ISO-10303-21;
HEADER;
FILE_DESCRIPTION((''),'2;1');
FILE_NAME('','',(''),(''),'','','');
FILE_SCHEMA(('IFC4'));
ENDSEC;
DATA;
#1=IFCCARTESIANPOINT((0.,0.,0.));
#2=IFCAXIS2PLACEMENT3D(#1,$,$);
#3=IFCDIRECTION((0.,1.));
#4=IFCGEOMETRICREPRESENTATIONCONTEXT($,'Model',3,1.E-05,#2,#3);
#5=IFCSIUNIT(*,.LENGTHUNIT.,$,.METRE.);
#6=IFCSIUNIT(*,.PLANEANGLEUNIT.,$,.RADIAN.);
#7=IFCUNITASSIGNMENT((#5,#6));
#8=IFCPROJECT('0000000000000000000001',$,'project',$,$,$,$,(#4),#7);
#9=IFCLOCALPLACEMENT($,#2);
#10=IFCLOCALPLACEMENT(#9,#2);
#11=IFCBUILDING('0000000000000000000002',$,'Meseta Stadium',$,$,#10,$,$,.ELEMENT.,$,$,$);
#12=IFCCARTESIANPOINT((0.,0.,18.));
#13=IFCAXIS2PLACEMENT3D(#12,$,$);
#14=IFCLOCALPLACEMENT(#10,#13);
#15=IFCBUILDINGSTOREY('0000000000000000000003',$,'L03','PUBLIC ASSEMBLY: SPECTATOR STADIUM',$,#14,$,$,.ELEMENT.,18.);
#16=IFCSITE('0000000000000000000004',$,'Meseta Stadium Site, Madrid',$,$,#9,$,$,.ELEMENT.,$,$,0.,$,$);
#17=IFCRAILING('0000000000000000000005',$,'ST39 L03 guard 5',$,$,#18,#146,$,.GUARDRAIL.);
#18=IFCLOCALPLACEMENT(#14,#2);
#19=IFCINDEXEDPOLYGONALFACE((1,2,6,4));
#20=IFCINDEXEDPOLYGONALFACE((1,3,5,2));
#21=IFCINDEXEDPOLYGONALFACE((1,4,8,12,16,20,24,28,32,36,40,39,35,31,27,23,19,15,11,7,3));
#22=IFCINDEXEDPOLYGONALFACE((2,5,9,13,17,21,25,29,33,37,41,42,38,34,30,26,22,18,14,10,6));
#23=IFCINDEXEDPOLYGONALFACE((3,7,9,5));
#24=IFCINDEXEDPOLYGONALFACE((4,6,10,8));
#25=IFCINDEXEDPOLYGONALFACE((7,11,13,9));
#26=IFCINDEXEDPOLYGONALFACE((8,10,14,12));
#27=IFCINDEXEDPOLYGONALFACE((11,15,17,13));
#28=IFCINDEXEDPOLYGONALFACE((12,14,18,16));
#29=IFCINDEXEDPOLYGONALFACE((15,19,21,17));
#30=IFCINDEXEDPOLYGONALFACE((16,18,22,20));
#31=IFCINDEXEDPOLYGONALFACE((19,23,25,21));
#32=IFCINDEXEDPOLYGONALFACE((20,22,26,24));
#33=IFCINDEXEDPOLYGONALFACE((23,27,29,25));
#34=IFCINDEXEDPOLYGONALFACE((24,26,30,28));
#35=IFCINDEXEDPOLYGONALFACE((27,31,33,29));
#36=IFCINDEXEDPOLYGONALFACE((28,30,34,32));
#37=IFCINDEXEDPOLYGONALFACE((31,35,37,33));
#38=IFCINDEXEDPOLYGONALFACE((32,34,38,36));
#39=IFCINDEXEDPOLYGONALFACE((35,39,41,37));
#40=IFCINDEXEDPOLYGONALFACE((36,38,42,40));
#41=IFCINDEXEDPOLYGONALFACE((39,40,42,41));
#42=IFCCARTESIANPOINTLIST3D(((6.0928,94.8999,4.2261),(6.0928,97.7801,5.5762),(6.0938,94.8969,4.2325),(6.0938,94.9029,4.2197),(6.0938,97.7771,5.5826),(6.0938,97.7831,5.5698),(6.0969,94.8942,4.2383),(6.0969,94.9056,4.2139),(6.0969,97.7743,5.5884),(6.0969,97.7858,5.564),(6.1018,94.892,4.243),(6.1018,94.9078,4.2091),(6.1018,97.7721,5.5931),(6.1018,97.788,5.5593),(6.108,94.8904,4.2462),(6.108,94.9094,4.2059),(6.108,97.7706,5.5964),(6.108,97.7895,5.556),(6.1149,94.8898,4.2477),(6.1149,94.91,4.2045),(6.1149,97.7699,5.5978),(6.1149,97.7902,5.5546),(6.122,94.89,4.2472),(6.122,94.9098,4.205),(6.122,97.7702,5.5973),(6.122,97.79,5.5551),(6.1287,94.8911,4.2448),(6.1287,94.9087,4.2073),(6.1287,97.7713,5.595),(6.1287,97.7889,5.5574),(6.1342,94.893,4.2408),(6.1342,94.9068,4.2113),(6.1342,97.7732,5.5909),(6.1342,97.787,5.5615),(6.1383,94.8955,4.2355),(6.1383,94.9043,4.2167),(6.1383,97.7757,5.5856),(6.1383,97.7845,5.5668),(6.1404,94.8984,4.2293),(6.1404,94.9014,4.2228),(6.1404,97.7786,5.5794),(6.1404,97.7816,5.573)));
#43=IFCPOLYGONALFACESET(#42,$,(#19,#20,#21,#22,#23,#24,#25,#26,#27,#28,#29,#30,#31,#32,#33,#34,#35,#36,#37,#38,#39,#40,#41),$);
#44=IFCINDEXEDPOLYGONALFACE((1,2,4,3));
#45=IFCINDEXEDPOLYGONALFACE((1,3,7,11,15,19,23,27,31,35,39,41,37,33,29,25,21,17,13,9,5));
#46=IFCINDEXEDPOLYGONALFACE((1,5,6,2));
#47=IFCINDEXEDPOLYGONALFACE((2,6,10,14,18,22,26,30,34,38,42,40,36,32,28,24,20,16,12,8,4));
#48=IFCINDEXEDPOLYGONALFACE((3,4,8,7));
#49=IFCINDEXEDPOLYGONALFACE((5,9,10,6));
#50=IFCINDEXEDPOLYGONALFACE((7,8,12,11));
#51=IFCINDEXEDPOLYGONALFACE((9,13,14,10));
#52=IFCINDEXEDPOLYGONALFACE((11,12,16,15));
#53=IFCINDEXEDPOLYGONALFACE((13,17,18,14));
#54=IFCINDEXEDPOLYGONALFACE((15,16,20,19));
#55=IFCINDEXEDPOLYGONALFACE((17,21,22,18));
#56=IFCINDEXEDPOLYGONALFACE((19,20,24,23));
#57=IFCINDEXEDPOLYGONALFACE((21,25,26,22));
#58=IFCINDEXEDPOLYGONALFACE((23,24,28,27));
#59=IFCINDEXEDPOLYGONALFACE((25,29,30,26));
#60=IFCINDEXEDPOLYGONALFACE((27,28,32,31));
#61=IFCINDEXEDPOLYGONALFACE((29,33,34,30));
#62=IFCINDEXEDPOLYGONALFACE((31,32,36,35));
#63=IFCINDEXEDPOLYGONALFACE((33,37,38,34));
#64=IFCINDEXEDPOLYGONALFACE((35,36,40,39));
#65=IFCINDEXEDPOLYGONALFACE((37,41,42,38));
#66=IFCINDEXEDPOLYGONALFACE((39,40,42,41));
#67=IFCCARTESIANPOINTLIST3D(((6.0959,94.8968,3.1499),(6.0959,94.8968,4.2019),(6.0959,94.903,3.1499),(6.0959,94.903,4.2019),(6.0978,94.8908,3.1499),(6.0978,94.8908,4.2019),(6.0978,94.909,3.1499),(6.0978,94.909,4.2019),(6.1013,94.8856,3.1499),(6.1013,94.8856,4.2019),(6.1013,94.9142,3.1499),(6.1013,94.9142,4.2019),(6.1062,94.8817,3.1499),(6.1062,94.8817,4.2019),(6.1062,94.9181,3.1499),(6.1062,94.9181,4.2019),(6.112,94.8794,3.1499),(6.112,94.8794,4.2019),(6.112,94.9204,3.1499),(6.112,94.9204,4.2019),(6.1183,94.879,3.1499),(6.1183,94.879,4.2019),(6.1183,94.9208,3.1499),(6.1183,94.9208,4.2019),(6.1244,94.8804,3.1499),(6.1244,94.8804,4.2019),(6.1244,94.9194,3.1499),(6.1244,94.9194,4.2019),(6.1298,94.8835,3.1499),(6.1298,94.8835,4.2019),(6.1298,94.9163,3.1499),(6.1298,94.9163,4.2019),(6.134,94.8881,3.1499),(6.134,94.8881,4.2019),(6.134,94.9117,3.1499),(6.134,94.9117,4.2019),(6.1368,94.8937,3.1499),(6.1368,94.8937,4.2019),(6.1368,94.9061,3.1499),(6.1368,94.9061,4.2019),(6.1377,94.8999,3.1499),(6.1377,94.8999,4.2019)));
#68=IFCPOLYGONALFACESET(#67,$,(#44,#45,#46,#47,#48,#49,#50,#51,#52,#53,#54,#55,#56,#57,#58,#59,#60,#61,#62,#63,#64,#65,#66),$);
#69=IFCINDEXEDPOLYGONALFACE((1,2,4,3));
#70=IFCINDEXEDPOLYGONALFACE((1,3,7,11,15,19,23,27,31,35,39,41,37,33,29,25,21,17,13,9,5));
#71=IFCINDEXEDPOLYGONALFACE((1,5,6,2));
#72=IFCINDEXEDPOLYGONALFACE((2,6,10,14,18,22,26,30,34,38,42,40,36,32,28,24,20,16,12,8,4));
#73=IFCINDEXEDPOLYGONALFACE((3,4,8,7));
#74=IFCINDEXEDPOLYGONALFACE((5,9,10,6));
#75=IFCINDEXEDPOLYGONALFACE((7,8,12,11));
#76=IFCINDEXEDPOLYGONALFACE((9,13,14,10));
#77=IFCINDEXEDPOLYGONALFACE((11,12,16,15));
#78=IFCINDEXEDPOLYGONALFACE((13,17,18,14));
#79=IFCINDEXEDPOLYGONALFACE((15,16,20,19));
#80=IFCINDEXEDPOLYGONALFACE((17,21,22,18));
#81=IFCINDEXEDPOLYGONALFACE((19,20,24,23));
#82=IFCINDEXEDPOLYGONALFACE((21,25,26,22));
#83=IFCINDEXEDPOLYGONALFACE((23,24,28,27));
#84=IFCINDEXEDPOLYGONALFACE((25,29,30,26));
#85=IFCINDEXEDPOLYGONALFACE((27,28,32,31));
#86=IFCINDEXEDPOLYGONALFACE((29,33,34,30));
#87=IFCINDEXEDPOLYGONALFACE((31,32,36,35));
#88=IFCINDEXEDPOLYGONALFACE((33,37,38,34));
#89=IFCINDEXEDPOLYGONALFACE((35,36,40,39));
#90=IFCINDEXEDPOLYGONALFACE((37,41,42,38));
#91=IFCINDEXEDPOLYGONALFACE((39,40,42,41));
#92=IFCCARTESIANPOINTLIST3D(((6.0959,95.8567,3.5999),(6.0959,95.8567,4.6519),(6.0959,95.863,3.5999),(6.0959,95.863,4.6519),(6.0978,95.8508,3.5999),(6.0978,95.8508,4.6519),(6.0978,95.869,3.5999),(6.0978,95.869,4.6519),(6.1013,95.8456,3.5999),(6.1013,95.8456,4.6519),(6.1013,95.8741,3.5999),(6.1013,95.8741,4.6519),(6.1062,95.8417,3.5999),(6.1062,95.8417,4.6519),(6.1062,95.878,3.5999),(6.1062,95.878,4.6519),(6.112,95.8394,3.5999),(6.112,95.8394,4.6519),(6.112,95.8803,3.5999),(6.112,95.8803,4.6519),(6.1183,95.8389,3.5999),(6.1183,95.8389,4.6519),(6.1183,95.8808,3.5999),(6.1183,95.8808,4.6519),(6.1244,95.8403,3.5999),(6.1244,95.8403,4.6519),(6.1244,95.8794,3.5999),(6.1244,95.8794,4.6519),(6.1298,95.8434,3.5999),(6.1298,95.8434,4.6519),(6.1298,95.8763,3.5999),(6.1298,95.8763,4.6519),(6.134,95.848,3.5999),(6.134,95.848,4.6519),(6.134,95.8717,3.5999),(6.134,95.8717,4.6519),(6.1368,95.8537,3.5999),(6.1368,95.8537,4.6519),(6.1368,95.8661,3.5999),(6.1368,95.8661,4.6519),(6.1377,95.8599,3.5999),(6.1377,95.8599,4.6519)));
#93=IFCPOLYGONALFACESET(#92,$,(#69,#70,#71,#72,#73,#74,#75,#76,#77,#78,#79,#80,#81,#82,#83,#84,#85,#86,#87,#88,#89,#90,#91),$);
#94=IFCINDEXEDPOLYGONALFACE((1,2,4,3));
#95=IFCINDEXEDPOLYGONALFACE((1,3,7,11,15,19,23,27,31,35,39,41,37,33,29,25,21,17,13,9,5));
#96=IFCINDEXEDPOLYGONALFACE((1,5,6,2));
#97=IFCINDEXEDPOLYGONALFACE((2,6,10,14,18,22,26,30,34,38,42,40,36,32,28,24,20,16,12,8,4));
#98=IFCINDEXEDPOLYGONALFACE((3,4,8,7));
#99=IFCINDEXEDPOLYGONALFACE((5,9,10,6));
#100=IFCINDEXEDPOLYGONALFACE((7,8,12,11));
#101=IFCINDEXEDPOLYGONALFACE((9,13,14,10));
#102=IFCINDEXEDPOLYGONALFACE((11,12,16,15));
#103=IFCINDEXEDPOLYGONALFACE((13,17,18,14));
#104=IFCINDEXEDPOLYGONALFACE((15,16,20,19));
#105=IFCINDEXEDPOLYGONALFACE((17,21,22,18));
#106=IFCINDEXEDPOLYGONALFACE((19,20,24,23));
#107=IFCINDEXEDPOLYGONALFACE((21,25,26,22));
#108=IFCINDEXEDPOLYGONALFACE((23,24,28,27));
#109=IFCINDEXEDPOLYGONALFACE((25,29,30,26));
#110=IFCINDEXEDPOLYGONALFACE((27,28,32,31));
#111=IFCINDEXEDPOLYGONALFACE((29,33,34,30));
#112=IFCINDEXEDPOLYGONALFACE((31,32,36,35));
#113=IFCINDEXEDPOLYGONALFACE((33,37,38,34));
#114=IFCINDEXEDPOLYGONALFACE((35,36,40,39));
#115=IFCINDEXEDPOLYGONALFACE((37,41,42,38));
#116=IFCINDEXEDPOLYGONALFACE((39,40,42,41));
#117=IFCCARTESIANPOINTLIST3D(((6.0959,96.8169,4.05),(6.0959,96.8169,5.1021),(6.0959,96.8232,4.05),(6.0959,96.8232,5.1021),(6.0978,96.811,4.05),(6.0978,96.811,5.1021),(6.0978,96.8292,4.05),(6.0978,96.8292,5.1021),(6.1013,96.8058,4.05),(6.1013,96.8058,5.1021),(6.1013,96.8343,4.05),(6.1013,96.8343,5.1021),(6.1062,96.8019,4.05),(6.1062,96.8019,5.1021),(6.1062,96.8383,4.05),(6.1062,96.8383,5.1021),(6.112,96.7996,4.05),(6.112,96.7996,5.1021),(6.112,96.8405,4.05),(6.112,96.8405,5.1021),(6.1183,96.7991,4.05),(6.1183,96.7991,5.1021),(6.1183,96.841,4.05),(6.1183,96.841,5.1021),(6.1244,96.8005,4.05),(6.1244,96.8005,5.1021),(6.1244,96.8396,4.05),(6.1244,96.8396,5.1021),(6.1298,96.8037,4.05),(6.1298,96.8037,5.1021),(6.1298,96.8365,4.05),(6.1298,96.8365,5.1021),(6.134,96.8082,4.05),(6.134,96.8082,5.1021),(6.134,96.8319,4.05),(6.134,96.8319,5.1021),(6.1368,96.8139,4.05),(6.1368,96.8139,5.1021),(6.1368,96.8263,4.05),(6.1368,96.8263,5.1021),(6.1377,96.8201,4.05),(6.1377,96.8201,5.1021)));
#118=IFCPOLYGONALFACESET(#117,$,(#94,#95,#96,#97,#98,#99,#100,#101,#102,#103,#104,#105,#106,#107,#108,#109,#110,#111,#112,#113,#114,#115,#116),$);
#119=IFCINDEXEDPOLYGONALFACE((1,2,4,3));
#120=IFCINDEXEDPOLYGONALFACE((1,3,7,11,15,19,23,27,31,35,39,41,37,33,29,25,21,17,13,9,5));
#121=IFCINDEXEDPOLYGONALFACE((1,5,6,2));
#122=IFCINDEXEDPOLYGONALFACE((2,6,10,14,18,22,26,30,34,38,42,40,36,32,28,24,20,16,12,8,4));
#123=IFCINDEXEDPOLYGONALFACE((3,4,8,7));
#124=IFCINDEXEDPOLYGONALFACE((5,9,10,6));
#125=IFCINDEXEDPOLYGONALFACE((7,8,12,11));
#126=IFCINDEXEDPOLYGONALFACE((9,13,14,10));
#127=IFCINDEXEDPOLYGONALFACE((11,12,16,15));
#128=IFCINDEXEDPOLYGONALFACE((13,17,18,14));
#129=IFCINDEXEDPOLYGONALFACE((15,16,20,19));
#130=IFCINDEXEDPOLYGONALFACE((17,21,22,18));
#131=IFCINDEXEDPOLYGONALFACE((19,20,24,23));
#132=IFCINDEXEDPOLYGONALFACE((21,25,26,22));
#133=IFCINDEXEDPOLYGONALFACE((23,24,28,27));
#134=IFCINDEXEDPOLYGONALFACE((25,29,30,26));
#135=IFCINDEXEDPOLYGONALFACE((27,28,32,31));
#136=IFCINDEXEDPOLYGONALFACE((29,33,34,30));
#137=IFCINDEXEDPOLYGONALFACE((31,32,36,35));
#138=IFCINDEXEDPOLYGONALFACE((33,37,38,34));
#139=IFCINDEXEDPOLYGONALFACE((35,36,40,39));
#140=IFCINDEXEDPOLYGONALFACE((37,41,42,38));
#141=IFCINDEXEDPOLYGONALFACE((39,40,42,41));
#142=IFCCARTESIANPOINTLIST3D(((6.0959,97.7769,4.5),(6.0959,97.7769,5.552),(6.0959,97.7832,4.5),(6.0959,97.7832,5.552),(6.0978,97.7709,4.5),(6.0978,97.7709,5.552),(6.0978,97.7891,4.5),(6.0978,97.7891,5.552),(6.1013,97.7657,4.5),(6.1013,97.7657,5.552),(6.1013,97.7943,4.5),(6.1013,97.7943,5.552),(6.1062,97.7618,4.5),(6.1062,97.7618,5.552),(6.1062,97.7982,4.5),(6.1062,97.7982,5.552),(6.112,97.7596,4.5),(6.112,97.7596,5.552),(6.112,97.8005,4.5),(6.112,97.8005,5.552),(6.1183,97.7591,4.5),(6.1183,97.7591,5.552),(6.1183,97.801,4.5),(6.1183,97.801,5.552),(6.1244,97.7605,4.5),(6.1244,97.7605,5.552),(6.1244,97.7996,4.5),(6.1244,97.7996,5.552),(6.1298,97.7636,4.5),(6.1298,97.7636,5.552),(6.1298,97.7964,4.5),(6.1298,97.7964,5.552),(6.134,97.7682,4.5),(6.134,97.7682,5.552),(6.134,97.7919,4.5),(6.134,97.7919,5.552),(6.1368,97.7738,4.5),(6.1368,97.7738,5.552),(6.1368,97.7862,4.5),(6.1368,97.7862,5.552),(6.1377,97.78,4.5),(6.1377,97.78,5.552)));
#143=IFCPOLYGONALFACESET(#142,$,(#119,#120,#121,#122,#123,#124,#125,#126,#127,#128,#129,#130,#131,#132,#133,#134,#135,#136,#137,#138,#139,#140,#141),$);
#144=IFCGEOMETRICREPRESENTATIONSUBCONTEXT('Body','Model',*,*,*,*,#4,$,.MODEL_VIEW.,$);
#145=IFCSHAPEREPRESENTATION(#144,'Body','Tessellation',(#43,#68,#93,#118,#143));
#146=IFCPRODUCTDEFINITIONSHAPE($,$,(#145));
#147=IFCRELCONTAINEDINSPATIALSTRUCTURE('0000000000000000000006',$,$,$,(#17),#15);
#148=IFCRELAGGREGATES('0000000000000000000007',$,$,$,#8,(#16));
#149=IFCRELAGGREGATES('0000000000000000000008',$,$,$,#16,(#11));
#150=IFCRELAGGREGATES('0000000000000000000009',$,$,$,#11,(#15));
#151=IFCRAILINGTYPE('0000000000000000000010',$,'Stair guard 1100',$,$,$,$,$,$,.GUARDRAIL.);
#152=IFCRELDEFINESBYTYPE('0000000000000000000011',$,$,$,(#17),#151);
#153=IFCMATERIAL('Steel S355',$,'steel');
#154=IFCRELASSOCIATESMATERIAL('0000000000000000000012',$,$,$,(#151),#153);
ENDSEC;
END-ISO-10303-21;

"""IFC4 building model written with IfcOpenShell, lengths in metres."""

from ifc_helpers import new_model, si_unit, direction, frame, origin, origin_2d, place, context, subcontext, project, spatial, circle, extrude, material, type_object, element, save


model = new_model("IFC4")

# Units and contexts
model_context = context("Model", 3, precision=1e-05, world=origin(), true_north=direction((0.0, 1.0)))
body_context = subcontext(model_context, "Body", "Model", "MODEL_VIEW")
ifc_project = project(units=[si_unit("LENGTHUNIT", "METRE"), si_unit("PLANEANGLEUNIT", "RADIAN")], contexts=[model_context])

# Site, building, storey
site_placement = place(None, origin())
site = spatial("IfcSite", under=ifc_project, at=site_placement, Name="Meseta Stadium Site, Madrid", CompositionType="ELEMENT", RefElevation=0.0)
building_placement = place(site_placement, origin())
building = spatial("IfcBuilding", under=site, at=building_placement, Name="Meseta Stadium", CompositionType="ELEMENT")
storey_placement = place(building_placement, frame((0.0, 0.0, 18.0)))
storey = spatial("IfcBuildingStorey", under=building, at=storey_placement, Name="L03", Description="PUBLIC ASSEMBLY: SPECTATOR STADIUM", CompositionType="ELEMENT", Elevation=18.0)

# Railing
ifc_material_1 = material(Name="Steel S355", Category="steel")
railing_type_1 = type_object("IfcRailingType", Name="Stair guard 1100", PredefinedType="GUARDRAIL", material=ifc_material_1)
railing_1_placement = place(storey_placement, frame((6.1167, 94.8999, 3.1499)))
element("IfcRailing", 1, at=railing_1_placement, inside=storey, type_object=railing_type_1, Name="ST39 L03 guard 5", PredefinedType="GUARDRAIL", context=body_context, shape_type="SweptSolid", body=[
    extrude(circle(Radius=0.0239, at=origin_2d()), frame((0.0, 0.0, 1.0762), z_axis=(0.0, 0.905454, 0.424444), x_axis=(-1.0, 0.0, 0.0)), (0.0, 0.0, 1.0), 3.1809),
    extrude(circle(Radius=0.021, at=origin_2d()), origin(), (0.0, 0.0, 1.0), 1.052),
    extrude(circle(Radius=0.021, at=origin_2d()), frame((0.0, 0.96, 0.45)), (0.0, 0.0, 1.0), 1.052),
    extrude(circle(Radius=0.021, at=origin_2d()), frame((0.0, 1.9202, 0.9001)), (0.0, 0.0, 1.0), 1.052),
    extrude(circle(Radius=0.021, at=origin_2d()), frame((0.0, 2.8801, 1.3501)), (0.0, 0.0, 1.0), 1.052),
])

save(model, "model.ifc")
